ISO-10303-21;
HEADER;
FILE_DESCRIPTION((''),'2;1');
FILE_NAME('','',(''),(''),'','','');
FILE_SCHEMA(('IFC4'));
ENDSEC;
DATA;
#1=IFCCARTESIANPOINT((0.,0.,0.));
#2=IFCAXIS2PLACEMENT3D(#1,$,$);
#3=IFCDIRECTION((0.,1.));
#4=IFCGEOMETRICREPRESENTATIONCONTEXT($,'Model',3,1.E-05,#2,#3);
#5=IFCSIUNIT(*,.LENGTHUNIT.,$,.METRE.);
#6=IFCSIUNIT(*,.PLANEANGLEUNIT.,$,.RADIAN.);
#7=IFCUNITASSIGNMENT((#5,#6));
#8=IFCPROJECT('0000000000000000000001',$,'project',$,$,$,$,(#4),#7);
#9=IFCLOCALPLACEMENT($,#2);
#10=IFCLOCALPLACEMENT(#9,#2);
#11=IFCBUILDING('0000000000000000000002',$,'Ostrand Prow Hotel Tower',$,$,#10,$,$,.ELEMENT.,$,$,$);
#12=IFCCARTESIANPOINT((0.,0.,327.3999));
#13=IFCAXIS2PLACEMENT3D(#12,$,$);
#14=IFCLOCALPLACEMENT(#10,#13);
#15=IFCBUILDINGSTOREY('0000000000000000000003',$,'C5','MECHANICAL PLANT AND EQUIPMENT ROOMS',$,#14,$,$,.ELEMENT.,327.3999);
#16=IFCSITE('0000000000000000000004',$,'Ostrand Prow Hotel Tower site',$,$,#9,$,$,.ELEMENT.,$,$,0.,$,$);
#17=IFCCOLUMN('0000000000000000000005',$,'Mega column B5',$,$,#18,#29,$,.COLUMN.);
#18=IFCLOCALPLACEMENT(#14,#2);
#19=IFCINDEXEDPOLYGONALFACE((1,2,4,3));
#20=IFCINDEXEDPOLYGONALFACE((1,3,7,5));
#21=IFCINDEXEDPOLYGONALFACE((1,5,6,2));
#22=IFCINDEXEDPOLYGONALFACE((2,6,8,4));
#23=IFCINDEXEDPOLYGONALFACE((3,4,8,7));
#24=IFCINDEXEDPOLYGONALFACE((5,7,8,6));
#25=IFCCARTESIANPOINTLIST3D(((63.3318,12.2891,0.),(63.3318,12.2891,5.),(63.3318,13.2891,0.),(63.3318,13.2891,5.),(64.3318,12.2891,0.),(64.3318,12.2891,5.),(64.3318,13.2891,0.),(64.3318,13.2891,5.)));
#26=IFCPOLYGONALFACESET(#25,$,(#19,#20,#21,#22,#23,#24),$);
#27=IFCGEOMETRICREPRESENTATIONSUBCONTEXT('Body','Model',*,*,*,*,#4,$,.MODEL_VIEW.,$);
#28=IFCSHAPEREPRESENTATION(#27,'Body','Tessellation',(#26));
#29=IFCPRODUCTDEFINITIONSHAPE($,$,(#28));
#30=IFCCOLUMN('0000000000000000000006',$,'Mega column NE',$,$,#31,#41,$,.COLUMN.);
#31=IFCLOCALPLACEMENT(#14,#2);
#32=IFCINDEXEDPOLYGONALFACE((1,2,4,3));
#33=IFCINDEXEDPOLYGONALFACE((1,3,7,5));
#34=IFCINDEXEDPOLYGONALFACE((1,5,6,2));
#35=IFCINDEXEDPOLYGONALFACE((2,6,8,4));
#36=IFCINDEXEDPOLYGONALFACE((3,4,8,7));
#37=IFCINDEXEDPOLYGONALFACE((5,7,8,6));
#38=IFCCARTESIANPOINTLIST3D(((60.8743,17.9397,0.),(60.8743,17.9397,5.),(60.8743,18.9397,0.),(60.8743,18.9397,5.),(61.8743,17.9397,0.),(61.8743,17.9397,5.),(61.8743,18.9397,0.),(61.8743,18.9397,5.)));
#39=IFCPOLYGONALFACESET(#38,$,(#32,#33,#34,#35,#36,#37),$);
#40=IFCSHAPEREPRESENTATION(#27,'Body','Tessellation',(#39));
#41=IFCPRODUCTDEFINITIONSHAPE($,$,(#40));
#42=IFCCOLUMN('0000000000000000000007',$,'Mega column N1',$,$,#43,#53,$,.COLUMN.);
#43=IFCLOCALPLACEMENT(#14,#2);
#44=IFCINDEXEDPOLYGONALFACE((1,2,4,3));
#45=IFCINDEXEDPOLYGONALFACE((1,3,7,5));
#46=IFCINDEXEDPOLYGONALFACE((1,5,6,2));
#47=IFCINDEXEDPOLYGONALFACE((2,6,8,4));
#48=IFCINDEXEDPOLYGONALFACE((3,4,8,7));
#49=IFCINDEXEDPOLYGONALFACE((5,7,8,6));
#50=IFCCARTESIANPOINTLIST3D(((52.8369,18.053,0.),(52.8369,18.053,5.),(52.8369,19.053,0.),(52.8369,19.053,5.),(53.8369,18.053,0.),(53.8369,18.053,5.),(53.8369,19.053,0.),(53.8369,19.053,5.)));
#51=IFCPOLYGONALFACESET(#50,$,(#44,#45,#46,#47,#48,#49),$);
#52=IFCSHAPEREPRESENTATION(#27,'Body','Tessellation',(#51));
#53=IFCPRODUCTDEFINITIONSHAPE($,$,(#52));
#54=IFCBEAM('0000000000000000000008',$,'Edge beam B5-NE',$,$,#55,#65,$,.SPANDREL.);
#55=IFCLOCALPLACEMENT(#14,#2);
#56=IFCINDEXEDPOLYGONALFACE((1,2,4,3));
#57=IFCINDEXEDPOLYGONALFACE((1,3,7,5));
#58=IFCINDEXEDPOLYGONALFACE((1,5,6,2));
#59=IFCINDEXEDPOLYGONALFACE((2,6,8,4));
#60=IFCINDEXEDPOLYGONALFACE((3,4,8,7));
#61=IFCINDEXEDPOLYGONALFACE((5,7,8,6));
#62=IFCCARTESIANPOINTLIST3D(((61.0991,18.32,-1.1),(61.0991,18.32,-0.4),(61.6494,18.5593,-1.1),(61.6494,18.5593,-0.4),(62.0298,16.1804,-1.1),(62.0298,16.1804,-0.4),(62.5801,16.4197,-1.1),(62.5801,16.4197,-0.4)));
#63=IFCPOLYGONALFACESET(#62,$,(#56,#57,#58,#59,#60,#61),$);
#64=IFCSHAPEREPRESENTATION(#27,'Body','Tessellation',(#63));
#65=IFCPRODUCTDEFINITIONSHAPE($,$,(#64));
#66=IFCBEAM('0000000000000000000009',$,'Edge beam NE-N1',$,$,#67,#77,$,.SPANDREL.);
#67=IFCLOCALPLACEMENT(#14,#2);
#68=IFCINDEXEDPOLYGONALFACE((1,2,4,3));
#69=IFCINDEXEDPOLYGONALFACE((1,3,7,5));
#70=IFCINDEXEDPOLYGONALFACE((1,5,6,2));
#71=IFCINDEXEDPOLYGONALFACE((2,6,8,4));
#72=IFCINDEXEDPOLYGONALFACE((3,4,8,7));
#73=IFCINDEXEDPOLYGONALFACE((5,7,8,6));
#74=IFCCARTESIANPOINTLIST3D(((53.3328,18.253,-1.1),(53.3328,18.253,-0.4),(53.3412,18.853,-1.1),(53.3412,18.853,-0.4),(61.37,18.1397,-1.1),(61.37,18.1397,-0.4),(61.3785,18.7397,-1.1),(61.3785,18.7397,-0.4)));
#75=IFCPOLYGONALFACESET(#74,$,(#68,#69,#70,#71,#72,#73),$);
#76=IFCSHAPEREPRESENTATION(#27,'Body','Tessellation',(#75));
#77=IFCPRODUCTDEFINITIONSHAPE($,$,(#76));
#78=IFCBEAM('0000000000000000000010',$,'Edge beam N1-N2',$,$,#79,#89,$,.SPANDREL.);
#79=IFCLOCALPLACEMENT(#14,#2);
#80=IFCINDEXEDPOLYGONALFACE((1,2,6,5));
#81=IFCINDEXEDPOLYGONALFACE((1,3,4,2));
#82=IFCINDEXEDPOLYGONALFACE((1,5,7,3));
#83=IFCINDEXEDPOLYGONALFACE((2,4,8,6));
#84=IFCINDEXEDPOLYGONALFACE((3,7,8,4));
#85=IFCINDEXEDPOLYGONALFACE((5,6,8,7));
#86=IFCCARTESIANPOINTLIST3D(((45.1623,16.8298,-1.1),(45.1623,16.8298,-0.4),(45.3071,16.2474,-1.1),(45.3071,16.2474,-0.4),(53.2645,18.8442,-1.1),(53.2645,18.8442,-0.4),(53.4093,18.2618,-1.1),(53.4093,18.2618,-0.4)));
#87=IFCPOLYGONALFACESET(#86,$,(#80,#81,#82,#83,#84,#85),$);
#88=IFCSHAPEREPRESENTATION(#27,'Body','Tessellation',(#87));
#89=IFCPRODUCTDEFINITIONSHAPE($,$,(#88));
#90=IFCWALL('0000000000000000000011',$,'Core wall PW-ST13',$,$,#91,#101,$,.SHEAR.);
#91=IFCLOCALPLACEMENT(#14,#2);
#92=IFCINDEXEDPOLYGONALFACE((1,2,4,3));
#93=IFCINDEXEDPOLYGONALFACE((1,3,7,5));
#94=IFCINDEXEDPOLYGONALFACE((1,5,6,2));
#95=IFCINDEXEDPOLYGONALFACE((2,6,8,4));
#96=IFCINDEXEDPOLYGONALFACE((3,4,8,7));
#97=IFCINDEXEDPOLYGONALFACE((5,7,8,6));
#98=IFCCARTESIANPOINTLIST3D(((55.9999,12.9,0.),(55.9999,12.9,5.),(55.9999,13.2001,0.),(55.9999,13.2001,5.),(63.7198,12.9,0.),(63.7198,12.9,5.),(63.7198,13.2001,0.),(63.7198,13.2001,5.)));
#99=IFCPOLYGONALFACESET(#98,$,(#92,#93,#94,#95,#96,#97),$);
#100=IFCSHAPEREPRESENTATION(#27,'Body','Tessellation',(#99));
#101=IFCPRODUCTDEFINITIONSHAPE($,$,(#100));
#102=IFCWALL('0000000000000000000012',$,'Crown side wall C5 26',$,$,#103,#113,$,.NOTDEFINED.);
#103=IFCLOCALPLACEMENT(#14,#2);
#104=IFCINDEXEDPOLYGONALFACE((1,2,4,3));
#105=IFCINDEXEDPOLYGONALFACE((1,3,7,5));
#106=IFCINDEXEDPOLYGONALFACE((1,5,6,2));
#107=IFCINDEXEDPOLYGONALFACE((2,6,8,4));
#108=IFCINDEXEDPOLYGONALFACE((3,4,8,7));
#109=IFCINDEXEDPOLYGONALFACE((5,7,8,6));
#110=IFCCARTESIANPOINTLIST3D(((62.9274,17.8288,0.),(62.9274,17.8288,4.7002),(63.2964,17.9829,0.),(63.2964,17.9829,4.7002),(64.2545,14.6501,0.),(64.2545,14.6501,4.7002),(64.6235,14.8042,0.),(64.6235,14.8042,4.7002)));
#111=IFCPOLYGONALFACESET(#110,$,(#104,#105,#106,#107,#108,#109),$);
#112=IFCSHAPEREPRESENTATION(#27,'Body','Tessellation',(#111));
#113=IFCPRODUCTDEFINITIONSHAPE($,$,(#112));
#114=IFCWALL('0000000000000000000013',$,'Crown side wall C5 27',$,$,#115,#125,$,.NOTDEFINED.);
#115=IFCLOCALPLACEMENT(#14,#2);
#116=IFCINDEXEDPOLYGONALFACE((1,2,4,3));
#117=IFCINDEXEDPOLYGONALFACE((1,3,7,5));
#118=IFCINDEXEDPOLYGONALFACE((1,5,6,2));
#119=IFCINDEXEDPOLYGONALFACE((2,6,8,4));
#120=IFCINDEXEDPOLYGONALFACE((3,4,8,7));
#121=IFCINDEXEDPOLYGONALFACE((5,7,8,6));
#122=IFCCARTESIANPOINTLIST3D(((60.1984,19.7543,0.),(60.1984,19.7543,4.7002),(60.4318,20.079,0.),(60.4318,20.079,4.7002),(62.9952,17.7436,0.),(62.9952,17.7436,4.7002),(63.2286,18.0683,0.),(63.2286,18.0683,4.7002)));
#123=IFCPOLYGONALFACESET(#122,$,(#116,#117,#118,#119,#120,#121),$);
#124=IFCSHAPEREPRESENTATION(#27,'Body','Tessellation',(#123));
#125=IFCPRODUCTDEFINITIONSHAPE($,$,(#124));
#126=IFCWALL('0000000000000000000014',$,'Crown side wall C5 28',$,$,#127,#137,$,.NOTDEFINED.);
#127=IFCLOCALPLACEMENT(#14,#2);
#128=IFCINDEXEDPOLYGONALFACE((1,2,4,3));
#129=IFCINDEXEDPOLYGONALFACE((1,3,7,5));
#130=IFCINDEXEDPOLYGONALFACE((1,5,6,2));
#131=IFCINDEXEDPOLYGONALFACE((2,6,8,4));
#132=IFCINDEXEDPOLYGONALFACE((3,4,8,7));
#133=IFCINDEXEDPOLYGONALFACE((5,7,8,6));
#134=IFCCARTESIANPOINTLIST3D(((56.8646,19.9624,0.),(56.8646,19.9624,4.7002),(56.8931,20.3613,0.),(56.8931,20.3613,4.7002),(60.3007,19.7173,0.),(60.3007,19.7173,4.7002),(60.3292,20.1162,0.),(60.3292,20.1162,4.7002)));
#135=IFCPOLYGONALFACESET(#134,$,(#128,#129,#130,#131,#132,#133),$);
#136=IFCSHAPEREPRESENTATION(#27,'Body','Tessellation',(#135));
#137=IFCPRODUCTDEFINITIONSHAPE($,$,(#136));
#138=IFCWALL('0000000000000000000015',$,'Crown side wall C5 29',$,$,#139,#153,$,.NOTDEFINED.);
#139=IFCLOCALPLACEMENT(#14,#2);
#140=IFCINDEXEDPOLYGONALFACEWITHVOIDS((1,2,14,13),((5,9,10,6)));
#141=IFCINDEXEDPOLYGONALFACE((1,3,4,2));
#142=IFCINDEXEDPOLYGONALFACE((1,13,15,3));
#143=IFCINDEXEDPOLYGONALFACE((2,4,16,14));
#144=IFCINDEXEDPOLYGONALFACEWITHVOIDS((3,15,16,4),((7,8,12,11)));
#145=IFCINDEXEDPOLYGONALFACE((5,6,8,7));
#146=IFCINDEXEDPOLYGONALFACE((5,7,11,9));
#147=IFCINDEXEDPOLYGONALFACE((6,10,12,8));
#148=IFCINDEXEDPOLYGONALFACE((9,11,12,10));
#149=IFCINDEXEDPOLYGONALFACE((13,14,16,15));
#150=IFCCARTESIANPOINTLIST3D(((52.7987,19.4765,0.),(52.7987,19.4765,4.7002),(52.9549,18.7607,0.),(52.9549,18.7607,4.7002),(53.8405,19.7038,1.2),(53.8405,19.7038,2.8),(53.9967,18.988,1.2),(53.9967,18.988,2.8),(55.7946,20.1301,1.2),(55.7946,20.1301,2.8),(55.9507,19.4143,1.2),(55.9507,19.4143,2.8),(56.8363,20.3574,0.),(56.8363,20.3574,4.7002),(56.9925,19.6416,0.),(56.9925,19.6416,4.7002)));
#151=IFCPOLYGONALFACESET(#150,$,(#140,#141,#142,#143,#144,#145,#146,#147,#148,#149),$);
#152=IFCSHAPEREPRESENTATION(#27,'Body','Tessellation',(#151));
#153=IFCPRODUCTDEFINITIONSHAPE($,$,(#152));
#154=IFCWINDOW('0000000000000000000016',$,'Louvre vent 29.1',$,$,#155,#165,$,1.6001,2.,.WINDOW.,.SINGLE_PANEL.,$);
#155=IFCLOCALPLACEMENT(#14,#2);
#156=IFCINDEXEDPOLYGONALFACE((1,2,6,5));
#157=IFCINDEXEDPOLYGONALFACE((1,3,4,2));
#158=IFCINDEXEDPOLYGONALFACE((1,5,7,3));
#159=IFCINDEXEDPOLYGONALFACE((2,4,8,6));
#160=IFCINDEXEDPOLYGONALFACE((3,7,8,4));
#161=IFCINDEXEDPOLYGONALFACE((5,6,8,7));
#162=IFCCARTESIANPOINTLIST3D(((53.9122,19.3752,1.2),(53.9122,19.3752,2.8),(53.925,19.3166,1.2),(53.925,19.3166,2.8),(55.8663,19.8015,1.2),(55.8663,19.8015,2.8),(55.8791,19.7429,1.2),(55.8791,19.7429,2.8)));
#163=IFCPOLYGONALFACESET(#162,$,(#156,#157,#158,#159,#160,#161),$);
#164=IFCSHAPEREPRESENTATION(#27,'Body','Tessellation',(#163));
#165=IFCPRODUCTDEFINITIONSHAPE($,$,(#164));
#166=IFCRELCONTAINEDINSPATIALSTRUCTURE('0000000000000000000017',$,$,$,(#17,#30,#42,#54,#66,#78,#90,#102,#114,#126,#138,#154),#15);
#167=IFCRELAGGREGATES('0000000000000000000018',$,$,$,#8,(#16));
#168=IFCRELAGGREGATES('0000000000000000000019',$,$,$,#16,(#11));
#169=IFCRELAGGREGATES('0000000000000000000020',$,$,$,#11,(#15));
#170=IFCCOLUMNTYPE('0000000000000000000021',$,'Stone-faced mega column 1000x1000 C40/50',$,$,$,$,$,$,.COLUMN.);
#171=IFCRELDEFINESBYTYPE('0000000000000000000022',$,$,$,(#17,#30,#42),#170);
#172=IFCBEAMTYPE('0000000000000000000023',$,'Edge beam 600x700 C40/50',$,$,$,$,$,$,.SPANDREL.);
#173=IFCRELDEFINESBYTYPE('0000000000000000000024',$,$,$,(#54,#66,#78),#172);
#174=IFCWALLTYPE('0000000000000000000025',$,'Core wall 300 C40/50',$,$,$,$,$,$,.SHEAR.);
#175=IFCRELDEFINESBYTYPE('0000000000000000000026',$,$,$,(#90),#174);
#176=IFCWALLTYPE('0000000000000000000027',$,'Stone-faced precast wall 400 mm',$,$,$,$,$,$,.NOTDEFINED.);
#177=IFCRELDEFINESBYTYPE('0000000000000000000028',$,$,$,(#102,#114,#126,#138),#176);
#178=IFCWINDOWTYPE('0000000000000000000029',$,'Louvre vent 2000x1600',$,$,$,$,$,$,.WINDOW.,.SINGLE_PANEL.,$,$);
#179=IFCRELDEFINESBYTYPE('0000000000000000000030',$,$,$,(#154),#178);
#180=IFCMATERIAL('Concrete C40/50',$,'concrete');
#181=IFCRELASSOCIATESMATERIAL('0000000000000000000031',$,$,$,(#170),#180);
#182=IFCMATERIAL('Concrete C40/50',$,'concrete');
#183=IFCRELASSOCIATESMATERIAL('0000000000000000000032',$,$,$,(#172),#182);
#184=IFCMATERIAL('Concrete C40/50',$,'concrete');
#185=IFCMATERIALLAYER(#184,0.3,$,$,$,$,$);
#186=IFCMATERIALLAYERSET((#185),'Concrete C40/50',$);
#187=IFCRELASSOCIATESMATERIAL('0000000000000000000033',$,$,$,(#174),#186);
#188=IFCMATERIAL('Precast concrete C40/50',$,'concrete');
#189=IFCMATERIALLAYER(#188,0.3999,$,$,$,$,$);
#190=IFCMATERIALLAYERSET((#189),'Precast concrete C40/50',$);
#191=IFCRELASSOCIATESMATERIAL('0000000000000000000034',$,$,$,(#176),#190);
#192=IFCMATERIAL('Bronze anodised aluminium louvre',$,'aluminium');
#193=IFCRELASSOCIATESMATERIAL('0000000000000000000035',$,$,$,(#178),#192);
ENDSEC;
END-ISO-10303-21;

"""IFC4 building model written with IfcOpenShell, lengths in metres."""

from ifc_helpers import new_model, si_unit, direction, frame, frame_2d, origin, origin_2d, place, context, subcontext, project, spatial, rectangle, extrude, material, layer, layer_set, material_profile, profile_set, type_object, element, fill, save


model = new_model("IFC4")

# Units and contexts
model_context = context("Model", 3, precision=1e-05, world=origin(), true_north=direction((0.0, 1.0)))
body_context = subcontext(model_context, "Body", "Model", "MODEL_VIEW")
ifc_project = project(units=[si_unit("LENGTHUNIT", "METRE"), si_unit("PLANEANGLEUNIT", "RADIAN")], contexts=[model_context])

# Site, building, storey
site_placement = place(None, origin())
site = spatial("IfcSite", under=ifc_project, at=site_placement, Name="Ostrand Prow Hotel Tower site", CompositionType="ELEMENT", RefElevation=0.0)
building_placement = place(site_placement, origin())
building = spatial("IfcBuilding", under=site, at=building_placement, Name="Ostrand Prow Hotel Tower", CompositionType="ELEMENT")
storey_placement = place(building_placement, frame((0.0, 0.0, 327.3999)))
storey = spatial("IfcBuildingStorey", under=building, at=storey_placement, Name="C5", Description="MECHANICAL PLANT AND EQUIPMENT ROOMS", CompositionType="ELEMENT", Elevation=327.3999)

# Columns
ifc_material_1 = material(Name="Concrete C40/50", Category="concrete")
ifc_material_profile_1 = material_profile(ifc_material_1, rectangle(XDim=1.0, YDim=1.0, at=origin_2d()), Name="RC 1000x1000")
ifc_profile_set_1 = profile_set([ifc_material_profile_1], Name="Concrete C40/50")
column_type = type_object("IfcColumnType", Name="Stone-faced mega column 1000x1000 C40/50", PredefinedType="COLUMN", material=ifc_profile_set_1)
for number, where, z_axis, x_axis, name in (
    (1, (63.8318, 12.7891, 0.0), (0.0, 0.0, 1.0), (1.0, 0.0, 0.0), "Mega column B5"),
    (2, (61.3743, 18.4397, 0.0), (0.0, 0.0, 1.0), (1.0, 0.0, 0.0), "Mega column NE"),
    (3, (53.3369, 18.553, 0.0), (0.0, 0.0, 1.0), (1.0, 0.0, 0.0), "Mega column N1"),
):
    element("IfcColumn", number, at=place(storey_placement, frame(where, z_axis=z_axis, x_axis=x_axis)), inside=storey, type_object=column_type, Name=name, PredefinedType="COLUMN", context=body_context, shape_type="SweptSolid", body=[
        extrude(rectangle(XDim=1.0, YDim=1.0, at=origin_2d()), origin(), (0.0, 0.0, 1.0), 5.0),
    ])

# Beams
ifc_material_2 = material(Name="Concrete C40/50", Category="concrete")
ifc_material_profile_2 = material_profile(ifc_material_2, rectangle(XDim=0.6001, YDim=0.7, at=origin_2d()), Name="RC 600x700")
ifc_profile_set_2 = profile_set([ifc_material_profile_2], Name="Concrete C40/50")
beam_type = type_object("IfcBeamType", Name="Edge beam 600x700 C40/50", PredefinedType="SPANDREL", material=ifc_profile_set_2)
beam_1_placement = place(storey_placement, frame((62.3049, 16.3, -0.75), z_axis=(-0.398864, 0.91701, 0.0), x_axis=(-0.91701, -0.398864, 0.0)))
element("IfcBeam", 4, at=beam_1_placement, inside=storey, type_object=beam_type, Name="Edge beam B5-NE", PredefinedType="SPANDREL", context=body_context, shape_type="SweptSolid", body=[
    extrude(rectangle(XDim=0.6001, YDim=0.7, at=origin_2d()), origin(), (0.0, 0.0, 1.0), 2.3333),
])
beam_2_placement = place(storey_placement, frame((61.3743, 18.4397, -0.75), z_axis=(-0.999901, 0.014093, 0.0), x_axis=(-0.014093, -0.999901, 0.0)))
element("IfcBeam", 5, at=beam_2_placement, inside=storey, type_object=beam_type, Name="Edge beam NE-N1", PredefinedType="SPANDREL", context=body_context, shape_type="SweptSolid", body=[
    extrude(rectangle(XDim=0.6001, YDim=0.7, at=origin_2d()), origin(), (0.0, 0.0, 1.0), 8.0381),
])
beam_3_placement = place(storey_placement, frame((53.3369, 18.553, -0.75), z_axis=(-0.970456, -0.241276, 0.0), x_axis=(0.241276, -0.970456, 0.0)))
element("IfcBeam", 6, at=beam_3_placement, inside=storey, type_object=beam_type, Name="Edge beam N1-N2", PredefinedType="SPANDREL", context=body_context, shape_type="SweptSolid", body=[
    extrude(rectangle(XDim=0.6001, YDim=0.7, at=origin_2d()), origin(), (0.0, 0.0, 1.0), 8.3489),
])

# Walls
ifc_material_3 = material(Name="Concrete C40/50", Category="concrete")
ifc_layer_1 = layer(ifc_material_3, 0.3)
ifc_layer_set_1 = layer_set([ifc_layer_1], Name="Concrete C40/50")
wall_type_1 = type_object("IfcWallType", Name="Core wall 300 C40/50", PredefinedType="SHEAR", material=ifc_layer_set_1)
wall_1_placement = place(storey_placement, frame((56.0, 13.05, 0.0), z_axis=(0.0, 0.0, 1.0), x_axis=(1.0, 0.0, 0.0)))
element("IfcWall", 7, at=wall_1_placement, inside=storey, type_object=wall_type_1, Name="Core wall PW-ST13", PredefinedType="SHEAR", context=body_context, shape_type="SweptSolid", body=[
    extrude(rectangle(XDim=7.72, YDim=0.3, at=frame_2d((3.8599, 0.0))), origin(), (0.0, 0.0, 1.0), 5.0),
])
ifc_material_4 = material(Name="Precast concrete C40/50", Category="concrete")
ifc_layer_2 = layer(ifc_material_4, 0.3999)
ifc_layer_set_2 = layer_set([ifc_layer_2], Name="Precast concrete C40/50")
wall_type_2 = type_object("IfcWallType", Name="Stone-faced precast wall 400 mm", PredefinedType="NOTDEFINED", material=ifc_layer_set_2)
for number, where, z_axis, x_axis, name in (
    (8, (64.439, 14.7273, 0.0), (0.0, 0.0, 1.0), (-0.38528, 0.9228, 0.0), "Crown side wall C5 26"),
    (9, (63.1118, 17.906, 0.0), (0.0, 0.0, 1.0), (-0.811948, 0.58373, 0.0), "Crown side wall C5 27"),
):
    element("IfcWall", number, at=place(storey_placement, frame(where, z_axis=z_axis, x_axis=x_axis)), inside=storey, type_object=wall_type_2, Name=name, PredefinedType="NOTDEFINED", context=body_context, shape_type="SweptSolid", body=[
        extrude(rectangle(XDim=3.4446, YDim=0.3999, at=frame_2d((1.7222, 0.0))), origin(), (0.0, 0.0, 1.0), 4.7002),
    ])
wall_2_placement = place(storey_placement, frame((60.3149, 19.9167, 0.0), z_axis=(0.0, 0.0, 1.0), x_axis=(-0.997465, 0.071156, 0.0)))
element("IfcWall", 10, at=wall_2_placement, inside=storey, type_object=wall_type_2, Name="Crown side wall C5 28", PredefinedType="NOTDEFINED", context=body_context, shape_type="SweptSolid", body=[
    extrude(rectangle(XDim=3.4448, YDim=0.3999, at=frame_2d((1.7224, 0.0))), origin(), (0.0, 0.0, 1.0), 4.7002),
])

# Wall, opening, window
wall_3_placement = place(storey_placement, frame((56.9146, 19.9995, 0.0), z_axis=(0.0, 0.0, 1.0), x_axis=(-0.977019, -0.213151, 0.0)))
wall_3 = element("IfcWall", 11, at=wall_3_placement, inside=storey, type_object=wall_type_2, Name="Crown side wall C5 29", PredefinedType="NOTDEFINED", context=body_context, shape_type="SweptSolid", body=[
    extrude(rectangle(XDim=4.1326, YDim=0.7327, at=frame_2d((2.0664, 0.0))), origin(), (0.0, 0.0, 1.0), 4.7002),
])
opening_1_placement = place(wall_3_placement, frame((1.0664, 0.0, 1.2)))
opening_1 = element("IfcOpeningElement", 12, at=opening_1_placement, cuts=wall_3, PredefinedType="OPENING", context=body_context, shape_type="SweptSolid", body=[
    extrude(rectangle(XDim=2.0, YDim=1.6001, at=frame_2d((1.0, 0.8))), frame((0.0, 0.3762, 0.0), z_axis=(0.0, -1.0, 0.0), x_axis=(1.0, 0.0, 0.0)), (0.0, 0.0, 1.0), 0.7527),
])
ifc_material_5 = material(Name="Bronze anodised aluminium louvre", Category="aluminium")
window_type = type_object("IfcWindowType", Name="Louvre vent 2000x1600", PartitioningType="SINGLE_PANEL", PredefinedType="WINDOW", material=ifc_material_5)
window_1_placement = place(opening_1_placement, origin())
window_1 = element("IfcWindow", 13, at=window_1_placement, inside=storey, type_object=window_type, Name="Louvre vent 29.1", OverallHeight=1.6001, OverallWidth=2.0, PartitioningType="SINGLE_PANEL", PredefinedType="WINDOW", context=body_context, shape_type="SweptSolid", body=[
    extrude(rectangle(XDim=2.0, YDim=1.6001, at=frame_2d((1.0, 0.8))), frame((0.0, 0.03, 0.0), z_axis=(0.0, -1.0, 0.0), x_axis=(1.0, 0.0, 0.0)), (0.0, 0.0, 1.0), 0.0601),
])
fill(opening_1, window_1)

save(model, "model.ifc")
